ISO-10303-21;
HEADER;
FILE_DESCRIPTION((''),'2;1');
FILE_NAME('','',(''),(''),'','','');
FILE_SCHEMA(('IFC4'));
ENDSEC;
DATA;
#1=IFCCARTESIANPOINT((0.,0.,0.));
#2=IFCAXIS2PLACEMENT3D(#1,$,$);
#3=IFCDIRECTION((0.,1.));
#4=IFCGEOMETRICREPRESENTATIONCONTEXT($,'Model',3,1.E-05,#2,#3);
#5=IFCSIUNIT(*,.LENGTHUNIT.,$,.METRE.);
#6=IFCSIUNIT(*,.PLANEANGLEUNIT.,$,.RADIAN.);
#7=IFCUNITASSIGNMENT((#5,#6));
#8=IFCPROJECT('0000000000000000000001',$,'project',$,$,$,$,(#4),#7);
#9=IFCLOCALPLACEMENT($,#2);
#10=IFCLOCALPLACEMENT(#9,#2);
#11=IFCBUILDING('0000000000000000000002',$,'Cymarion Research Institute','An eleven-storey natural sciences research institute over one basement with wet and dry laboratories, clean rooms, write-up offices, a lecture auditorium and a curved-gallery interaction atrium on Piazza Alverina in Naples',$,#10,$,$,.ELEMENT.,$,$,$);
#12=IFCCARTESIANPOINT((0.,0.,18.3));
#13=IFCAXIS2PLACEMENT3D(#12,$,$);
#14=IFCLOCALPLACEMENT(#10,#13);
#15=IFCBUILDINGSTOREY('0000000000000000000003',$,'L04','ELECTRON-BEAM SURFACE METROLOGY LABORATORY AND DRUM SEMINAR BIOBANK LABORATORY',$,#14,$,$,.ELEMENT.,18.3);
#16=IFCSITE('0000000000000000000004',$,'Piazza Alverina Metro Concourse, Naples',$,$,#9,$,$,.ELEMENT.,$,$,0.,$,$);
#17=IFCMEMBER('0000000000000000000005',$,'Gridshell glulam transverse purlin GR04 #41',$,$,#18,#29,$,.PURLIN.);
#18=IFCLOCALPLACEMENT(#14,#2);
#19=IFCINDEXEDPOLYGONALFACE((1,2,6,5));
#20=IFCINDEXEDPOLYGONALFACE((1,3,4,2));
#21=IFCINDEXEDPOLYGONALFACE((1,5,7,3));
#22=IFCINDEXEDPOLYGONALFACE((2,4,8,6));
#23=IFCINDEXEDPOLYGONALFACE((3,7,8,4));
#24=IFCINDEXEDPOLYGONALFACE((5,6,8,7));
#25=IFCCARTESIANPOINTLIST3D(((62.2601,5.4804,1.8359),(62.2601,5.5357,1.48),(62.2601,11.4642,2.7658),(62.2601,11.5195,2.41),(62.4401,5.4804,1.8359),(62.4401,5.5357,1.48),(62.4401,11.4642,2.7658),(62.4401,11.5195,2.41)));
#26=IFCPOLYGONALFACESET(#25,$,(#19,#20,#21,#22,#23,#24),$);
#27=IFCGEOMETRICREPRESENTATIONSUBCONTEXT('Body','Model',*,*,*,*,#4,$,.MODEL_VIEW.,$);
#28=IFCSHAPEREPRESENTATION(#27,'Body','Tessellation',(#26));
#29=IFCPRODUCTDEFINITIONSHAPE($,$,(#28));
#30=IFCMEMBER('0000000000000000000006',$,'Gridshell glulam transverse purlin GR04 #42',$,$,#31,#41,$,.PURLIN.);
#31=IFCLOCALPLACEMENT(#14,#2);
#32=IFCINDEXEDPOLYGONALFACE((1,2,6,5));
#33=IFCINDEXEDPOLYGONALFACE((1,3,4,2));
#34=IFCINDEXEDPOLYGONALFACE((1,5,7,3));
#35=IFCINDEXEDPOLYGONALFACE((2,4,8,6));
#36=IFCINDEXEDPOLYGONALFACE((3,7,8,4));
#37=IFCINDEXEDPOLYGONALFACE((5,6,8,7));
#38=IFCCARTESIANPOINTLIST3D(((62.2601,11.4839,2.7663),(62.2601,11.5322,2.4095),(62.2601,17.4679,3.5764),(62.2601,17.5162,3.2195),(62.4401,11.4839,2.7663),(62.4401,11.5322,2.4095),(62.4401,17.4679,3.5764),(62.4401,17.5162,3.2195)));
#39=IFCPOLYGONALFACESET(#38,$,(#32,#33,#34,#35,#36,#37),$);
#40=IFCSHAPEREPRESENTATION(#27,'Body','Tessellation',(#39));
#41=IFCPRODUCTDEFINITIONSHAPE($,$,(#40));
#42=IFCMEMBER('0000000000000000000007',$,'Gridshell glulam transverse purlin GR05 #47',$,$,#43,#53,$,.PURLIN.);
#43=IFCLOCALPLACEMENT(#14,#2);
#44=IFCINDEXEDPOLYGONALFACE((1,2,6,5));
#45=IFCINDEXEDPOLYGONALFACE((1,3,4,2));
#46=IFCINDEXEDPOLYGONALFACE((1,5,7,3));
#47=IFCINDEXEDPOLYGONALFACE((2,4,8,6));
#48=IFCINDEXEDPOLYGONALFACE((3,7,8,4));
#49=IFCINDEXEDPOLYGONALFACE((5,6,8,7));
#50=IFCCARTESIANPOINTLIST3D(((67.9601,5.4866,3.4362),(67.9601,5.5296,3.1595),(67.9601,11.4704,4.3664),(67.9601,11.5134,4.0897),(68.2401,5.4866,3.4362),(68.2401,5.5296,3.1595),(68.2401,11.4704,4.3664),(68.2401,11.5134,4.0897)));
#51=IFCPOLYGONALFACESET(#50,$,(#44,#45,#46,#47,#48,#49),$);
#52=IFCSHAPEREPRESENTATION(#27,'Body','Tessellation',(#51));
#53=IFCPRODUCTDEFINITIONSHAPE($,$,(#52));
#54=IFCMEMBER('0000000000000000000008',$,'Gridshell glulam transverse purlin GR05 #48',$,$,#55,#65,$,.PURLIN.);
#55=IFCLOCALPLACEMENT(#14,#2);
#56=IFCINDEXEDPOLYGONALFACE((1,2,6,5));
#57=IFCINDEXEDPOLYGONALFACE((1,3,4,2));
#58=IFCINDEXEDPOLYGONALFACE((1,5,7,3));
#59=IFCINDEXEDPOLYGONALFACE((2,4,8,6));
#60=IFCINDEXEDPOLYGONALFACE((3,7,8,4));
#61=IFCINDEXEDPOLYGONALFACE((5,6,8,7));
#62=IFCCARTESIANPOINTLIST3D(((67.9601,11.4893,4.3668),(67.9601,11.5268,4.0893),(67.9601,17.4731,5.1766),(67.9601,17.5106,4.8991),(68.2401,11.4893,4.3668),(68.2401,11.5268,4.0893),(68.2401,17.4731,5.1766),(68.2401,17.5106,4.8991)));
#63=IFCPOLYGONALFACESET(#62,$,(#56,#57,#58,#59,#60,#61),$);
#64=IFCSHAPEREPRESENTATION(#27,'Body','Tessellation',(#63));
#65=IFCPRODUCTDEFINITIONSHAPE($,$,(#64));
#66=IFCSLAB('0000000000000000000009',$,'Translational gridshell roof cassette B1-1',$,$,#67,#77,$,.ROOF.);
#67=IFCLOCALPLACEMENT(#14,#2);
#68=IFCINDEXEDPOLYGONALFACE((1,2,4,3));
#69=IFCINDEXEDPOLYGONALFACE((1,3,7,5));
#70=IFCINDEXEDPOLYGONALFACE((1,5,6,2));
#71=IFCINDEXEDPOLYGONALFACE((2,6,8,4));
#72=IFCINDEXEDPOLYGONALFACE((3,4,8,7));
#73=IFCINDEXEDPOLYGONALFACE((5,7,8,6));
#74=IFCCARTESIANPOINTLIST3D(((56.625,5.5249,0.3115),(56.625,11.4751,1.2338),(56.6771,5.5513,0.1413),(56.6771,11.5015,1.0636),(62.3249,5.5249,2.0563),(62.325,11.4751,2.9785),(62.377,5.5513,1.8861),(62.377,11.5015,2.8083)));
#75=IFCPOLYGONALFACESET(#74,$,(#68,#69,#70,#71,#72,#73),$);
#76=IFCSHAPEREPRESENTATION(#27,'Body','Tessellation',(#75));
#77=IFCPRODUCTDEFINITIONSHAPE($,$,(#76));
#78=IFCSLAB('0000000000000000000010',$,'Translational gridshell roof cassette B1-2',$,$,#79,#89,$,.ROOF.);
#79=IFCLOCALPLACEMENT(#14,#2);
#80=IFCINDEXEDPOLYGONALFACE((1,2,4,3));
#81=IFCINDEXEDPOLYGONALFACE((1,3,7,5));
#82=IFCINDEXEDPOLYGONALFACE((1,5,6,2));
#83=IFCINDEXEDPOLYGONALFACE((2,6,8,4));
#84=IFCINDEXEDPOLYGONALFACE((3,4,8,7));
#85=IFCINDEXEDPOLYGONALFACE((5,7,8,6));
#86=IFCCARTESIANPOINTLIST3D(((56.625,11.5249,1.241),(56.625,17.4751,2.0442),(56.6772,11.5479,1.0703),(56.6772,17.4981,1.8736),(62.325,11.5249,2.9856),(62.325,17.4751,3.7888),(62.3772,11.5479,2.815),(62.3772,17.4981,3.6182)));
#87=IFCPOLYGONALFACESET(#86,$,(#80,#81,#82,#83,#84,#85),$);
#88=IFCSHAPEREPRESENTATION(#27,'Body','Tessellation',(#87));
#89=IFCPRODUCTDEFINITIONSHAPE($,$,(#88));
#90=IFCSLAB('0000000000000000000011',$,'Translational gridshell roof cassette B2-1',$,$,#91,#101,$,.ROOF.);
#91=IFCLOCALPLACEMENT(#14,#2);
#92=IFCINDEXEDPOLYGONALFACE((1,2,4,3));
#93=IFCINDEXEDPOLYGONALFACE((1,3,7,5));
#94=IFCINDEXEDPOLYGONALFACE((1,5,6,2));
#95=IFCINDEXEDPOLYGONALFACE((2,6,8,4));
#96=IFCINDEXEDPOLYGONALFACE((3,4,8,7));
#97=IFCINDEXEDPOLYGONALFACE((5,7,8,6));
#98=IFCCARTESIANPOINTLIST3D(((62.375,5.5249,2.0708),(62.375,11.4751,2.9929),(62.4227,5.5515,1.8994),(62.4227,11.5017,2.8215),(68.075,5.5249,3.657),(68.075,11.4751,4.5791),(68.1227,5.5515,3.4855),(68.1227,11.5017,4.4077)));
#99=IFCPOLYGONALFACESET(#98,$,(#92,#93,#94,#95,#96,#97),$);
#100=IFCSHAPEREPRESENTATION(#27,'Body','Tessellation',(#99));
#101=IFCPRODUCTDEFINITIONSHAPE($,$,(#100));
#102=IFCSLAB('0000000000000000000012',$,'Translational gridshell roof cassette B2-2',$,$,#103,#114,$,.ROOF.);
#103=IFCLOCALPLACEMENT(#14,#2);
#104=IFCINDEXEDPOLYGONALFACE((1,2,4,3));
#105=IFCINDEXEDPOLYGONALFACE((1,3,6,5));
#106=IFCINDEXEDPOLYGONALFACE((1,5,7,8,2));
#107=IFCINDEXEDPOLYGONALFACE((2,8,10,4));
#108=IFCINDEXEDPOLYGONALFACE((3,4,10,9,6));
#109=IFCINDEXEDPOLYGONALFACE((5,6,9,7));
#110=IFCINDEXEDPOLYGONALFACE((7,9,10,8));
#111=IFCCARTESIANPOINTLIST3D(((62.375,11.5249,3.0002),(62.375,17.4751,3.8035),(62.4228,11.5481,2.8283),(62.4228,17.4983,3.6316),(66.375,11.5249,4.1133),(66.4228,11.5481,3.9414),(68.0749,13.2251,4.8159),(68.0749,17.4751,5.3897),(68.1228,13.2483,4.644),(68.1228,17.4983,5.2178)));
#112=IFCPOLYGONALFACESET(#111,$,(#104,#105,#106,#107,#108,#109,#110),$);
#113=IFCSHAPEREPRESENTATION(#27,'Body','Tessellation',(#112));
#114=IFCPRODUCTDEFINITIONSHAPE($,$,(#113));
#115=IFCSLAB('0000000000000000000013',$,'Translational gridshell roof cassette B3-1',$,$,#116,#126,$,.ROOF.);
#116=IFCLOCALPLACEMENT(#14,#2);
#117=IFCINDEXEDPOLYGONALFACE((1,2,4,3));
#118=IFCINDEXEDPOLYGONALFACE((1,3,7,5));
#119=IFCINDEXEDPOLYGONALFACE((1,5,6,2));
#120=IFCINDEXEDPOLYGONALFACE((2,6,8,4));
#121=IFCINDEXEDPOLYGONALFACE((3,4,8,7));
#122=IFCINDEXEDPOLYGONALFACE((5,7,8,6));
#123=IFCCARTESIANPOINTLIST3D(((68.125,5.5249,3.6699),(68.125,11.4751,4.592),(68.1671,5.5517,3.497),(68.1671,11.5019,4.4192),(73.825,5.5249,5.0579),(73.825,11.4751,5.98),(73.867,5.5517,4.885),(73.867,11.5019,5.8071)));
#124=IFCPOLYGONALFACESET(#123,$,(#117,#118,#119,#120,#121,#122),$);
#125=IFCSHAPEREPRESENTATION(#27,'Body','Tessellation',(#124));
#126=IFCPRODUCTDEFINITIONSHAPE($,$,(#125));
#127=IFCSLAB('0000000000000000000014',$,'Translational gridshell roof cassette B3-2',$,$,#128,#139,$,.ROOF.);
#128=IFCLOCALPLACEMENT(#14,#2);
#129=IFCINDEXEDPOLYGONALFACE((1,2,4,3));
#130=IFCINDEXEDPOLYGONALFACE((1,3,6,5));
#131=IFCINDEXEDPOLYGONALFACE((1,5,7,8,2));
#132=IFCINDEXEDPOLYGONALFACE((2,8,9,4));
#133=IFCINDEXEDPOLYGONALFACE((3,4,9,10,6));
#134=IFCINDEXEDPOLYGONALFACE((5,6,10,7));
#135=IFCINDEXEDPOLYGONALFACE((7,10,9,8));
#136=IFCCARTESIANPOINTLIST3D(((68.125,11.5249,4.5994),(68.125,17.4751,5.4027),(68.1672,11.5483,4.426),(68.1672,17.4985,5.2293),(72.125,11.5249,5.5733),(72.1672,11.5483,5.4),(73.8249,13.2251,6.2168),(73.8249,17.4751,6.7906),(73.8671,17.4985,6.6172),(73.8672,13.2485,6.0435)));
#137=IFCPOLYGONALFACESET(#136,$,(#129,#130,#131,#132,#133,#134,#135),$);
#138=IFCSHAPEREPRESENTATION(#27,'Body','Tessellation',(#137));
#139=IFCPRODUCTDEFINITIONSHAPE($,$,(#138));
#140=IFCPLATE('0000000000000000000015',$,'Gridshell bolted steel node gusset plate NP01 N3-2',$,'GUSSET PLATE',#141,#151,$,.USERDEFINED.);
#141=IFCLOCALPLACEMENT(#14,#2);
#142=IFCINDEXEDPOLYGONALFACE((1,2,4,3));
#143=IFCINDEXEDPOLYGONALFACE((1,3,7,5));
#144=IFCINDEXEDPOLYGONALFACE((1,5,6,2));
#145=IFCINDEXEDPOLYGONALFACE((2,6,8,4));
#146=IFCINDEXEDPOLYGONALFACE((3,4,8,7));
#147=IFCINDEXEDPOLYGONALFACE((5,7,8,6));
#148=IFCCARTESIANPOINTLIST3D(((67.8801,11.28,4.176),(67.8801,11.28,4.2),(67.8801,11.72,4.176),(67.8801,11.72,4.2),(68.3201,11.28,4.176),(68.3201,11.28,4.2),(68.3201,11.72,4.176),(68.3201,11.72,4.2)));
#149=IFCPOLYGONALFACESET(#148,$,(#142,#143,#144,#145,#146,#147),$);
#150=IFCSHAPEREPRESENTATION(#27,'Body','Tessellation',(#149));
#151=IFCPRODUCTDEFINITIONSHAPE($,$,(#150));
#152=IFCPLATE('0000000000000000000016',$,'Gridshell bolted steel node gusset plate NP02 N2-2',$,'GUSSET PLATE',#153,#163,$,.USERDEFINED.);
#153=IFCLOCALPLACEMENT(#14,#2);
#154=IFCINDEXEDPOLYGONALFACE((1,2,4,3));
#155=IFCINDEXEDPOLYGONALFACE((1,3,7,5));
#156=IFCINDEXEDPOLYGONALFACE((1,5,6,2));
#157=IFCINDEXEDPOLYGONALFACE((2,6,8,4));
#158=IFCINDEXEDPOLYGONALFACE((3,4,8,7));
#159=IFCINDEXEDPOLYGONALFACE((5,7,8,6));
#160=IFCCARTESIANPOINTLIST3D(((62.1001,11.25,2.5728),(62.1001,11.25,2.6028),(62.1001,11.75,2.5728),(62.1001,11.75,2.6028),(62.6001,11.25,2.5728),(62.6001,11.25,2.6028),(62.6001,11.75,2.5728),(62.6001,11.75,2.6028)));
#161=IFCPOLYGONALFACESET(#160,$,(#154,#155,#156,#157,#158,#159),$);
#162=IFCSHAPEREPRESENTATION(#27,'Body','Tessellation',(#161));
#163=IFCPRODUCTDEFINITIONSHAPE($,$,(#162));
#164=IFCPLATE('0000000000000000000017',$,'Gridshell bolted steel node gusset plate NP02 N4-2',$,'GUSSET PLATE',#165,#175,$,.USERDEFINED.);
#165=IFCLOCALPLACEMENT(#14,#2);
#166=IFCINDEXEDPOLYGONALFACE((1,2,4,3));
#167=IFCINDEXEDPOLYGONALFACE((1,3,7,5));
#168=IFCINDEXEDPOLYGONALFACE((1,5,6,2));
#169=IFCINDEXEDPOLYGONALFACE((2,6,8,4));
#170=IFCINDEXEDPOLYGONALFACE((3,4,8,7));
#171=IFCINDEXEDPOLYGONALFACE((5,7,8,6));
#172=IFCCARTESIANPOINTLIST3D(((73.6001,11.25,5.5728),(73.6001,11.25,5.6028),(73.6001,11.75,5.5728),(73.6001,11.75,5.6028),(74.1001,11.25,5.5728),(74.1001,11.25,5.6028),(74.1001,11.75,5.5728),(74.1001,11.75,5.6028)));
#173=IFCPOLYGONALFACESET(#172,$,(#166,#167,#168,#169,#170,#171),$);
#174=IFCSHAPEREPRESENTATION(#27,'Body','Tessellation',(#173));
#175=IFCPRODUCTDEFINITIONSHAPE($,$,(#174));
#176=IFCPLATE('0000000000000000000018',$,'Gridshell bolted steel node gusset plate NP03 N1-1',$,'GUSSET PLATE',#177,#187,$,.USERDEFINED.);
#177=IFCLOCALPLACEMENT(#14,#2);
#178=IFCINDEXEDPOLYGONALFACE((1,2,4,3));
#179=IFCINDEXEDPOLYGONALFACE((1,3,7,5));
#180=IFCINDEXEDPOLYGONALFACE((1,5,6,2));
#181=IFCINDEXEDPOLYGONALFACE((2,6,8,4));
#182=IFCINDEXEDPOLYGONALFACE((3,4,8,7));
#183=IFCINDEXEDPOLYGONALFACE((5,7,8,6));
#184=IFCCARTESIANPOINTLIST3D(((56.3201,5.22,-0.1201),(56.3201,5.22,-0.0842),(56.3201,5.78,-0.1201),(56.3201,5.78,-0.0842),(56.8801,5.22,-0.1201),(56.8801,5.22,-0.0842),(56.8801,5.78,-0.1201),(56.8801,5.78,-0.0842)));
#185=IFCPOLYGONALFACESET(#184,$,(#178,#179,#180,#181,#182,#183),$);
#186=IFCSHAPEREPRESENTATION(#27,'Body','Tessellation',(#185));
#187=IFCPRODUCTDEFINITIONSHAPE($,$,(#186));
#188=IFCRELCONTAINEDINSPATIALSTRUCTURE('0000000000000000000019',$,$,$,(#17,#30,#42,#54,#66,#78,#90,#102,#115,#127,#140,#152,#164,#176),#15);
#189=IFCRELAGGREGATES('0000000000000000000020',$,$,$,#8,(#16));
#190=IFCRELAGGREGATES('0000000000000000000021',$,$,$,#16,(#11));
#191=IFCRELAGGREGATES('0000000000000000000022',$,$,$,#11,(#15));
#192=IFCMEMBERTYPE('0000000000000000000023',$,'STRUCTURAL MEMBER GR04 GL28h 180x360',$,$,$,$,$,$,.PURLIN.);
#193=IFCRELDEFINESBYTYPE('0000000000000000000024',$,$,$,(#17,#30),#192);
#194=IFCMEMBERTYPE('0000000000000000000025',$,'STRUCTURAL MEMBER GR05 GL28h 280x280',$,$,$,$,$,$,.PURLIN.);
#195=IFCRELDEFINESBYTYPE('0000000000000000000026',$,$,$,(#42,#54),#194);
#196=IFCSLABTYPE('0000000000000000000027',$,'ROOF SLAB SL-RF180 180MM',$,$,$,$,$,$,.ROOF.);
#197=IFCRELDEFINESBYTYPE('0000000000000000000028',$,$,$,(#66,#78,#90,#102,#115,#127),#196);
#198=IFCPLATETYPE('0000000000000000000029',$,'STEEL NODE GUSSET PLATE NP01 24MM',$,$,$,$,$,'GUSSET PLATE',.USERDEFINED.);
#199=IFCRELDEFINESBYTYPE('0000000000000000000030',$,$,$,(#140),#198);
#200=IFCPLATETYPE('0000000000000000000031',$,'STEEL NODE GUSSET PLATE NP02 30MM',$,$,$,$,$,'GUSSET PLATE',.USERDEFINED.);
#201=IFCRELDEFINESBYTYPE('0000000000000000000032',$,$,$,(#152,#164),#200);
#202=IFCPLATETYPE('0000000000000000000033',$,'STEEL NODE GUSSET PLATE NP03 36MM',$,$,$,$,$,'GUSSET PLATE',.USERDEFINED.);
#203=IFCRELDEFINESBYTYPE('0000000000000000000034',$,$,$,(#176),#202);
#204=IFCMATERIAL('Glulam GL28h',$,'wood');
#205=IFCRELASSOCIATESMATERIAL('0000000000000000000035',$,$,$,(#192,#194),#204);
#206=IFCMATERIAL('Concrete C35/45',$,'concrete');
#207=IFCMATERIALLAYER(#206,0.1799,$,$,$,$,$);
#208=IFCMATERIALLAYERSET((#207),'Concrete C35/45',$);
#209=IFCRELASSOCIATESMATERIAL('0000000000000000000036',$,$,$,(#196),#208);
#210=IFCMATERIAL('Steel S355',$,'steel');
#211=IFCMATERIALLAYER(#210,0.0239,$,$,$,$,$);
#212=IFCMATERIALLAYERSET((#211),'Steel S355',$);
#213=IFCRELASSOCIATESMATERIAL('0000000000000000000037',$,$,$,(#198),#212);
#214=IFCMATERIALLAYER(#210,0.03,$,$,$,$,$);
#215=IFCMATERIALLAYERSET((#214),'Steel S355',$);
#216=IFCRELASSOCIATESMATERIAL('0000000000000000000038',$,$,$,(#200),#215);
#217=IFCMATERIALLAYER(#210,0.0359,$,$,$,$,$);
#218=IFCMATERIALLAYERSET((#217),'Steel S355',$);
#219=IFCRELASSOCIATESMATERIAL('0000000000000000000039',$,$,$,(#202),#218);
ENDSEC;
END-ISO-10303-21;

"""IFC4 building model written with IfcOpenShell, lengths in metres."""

from ifc_helpers import new_model, si_unit, direction, frame, origin, origin_2d, place, context, subcontext, project, spatial, polyline, rectangle, outline, extrude, material, layer, layer_set, material_profile, profile_set, type_object, element, save


model = new_model("IFC4")

# Units and contexts
model_context = context("Model", 3, precision=1e-05, world=origin(), true_north=direction((0.0, 1.0)))
body_context = subcontext(model_context, "Body", "Model", "MODEL_VIEW")
ifc_project = project(units=[si_unit("LENGTHUNIT", "METRE"), si_unit("PLANEANGLEUNIT", "RADIAN")], contexts=[model_context])

# Site, building, storey
site_placement = place(None, origin())
site = spatial("IfcSite", under=ifc_project, at=site_placement, Name="Piazza Alverina Metro Concourse, Naples", CompositionType="ELEMENT", RefElevation=0.0)
building_placement = place(site_placement, origin())
building = spatial("IfcBuilding", under=site, at=building_placement, Name="Cymarion Research Institute", Description="An eleven-storey natural sciences research institute over one basement with wet and dry laboratories, clean rooms, write-up offices, a lecture auditorium and a curved-gallery interaction atrium on Piazza Alverina in Naples", CompositionType="ELEMENT")
storey_placement = place(building_placement, frame((0.0, 0.0, 18.3)))
storey = spatial("IfcBuildingStorey", under=building, at=storey_placement, Name="L04", Description="ELECTRON-BEAM SURFACE METROLOGY LABORATORY AND DRUM SEMINAR BIOBANK LABORATORY", CompositionType="ELEMENT", Elevation=18.3)

# Shared definitions
ifc_material_1 = material(Name="Steel S355", Category="steel")

# Members
ifc_material_2 = material(Name="Glulam GL28h", Category="wood")
ifc_material_profile_1 = material_profile(ifc_material_2, rectangle(XDim=0.1799, YDim=0.3601, at=origin_2d()), Name="GL28h 180x360")
ifc_profile_set_1 = profile_set([ifc_material_profile_1], Name="Glulam GL28h")
member_type_1 = type_object("IfcMemberType", Name="STRUCTURAL MEMBER GR04 GL28h 180x360", PredefinedType="PURLIN", material=ifc_profile_set_1)
member_1_placement = place(storey_placement, frame((62.3501, 5.5081, 1.658), z_axis=(0.0, 0.988139, 0.153563), x_axis=(-1.0, 0.0, 0.0)))
element("IfcMember", 1, at=member_1_placement, inside=storey, type_object=member_type_1, Name="Gridshell glulam transverse purlin GR04 #41", PredefinedType="PURLIN", context=body_context, shape_type="SweptSolid", body=[
    extrude(rectangle(XDim=0.1799, YDim=0.3601, at=origin_2d()), origin(), (0.0, 0.0, 1.0), 6.0557),
])
member_2_placement = place(storey_placement, frame((62.3501, 11.5081, 2.5879), z_axis=(0.0, 0.990961, 0.13415), x_axis=(-1.0, 0.0, 0.0)))
element("IfcMember", 2, at=member_2_placement, inside=storey, type_object=member_type_1, Name="Gridshell glulam transverse purlin GR04 #42", PredefinedType="PURLIN", context=body_context, shape_type="SweptSolid", body=[
    extrude(rectangle(XDim=0.1799, YDim=0.3601, at=origin_2d()), origin(), (0.0, 0.0, 1.0), 6.0386),
])
ifc_material_profile_2 = material_profile(ifc_material_2, rectangle(XDim=0.28, YDim=0.28, at=origin_2d()), Name="GL28h 280x280")
ifc_profile_set_2 = profile_set([ifc_material_profile_2], Name="Glulam GL28h")
member_type_2 = type_object("IfcMemberType", Name="STRUCTURAL MEMBER GR05 GL28h 280x280", PredefinedType="PURLIN", material=ifc_profile_set_2)
member_3_placement = place(storey_placement, frame((68.1001, 5.5081, 3.2979), z_axis=(0.0, 0.988133, 0.153602), x_axis=(-1.0, 0.0, 0.0)))
element("IfcMember", 3, at=member_3_placement, inside=storey, type_object=member_type_2, Name="Gridshell glulam transverse purlin GR05 #47", PredefinedType="PURLIN", context=body_context, shape_type="SweptSolid", body=[
    extrude(rectangle(XDim=0.28, YDim=0.28, at=origin_2d()), origin(), (0.0, 0.0, 1.0), 6.0557),
])
member_4_placement = place(storey_placement, frame((68.1001, 11.5081, 4.228), z_axis=(0.0, 0.990966, 0.13411), x_axis=(-1.0, 0.0, 0.0)))
element("IfcMember", 4, at=member_4_placement, inside=storey, type_object=member_type_2, Name="Gridshell glulam transverse purlin GR05 #48", PredefinedType="PURLIN", context=body_context, shape_type="SweptSolid", body=[
    extrude(rectangle(XDim=0.28, YDim=0.28, at=origin_2d()), origin(), (0.0, 0.0, 1.0), 6.0383),
])

# Slabs
ifc_material_3 = material(Name="Concrete C35/45", Category="concrete")
ifc_layer_1 = layer(ifc_material_3, 0.1799)
ifc_layer_set_1 = layer_set([ifc_layer_1], Name="Concrete C35/45")
slab_type = type_object("IfcSlabType", Name="ROOF SLAB SL-RF180 180MM", PredefinedType="ROOF", material=ifc_layer_set_1)
slab_1_placement = place(storey_placement, frame((56.625, 5.5249, 0.3115), z_axis=(-0.289532, -0.146604, 0.945875), x_axis=(0.956206, -0.000003, 0.292694)))
element("IfcSlab", 5, at=slab_1_placement, inside=storey, type_object=slab_type, Name="Translational gridshell roof cassette B1-1", PredefinedType="ROOF", context=body_context, shape_type="SweptSolid", body=[
    extrude(outline(polyline([(0.0, 0.0), (5.961, 0.0), (6.2309, 6.0152), (0.2699, 6.0152), (0.0, 0.0)])), origin(), (0.0, 0.0, -1.0), 0.1799),
])
slab_2_placement = place(storey_placement, frame((56.625, 11.5249, 1.241), z_axis=(-0.290267, -0.128018, 0.948344), x_axis=(0.956212, 0.0, 0.292675)))
element("IfcSlab", 6, at=slab_2_placement, inside=storey, type_object=slab_type, Name="Translational gridshell roof cassette B1-2", PredefinedType="ROOF", context=body_context, shape_type="SweptSolid", body=[
    extrude(outline(polyline([(0.0, 0.0), (5.961, 0.0), (6.1961, 5.9996), (0.2351, 5.9996), (0.0, 0.0)])), origin(), (0.0, 0.0, -1.0), 0.1799),
])
slab_3_placement = place(storey_placement, frame((62.375, 5.5249, 2.0708), z_axis=(-0.265154, -0.147663, 0.952832), x_axis=(0.963393, 0.0, 0.268093)))
element("IfcSlab", 7, at=slab_3_placement, inside=storey, type_object=slab_type, Name="Translational gridshell roof cassette B2-1", PredefinedType="ROOF", context=body_context, shape_type="SweptSolid", body=[
    extrude(outline(polyline([(0.0, 0.0), (5.9165, 0.0), (6.1638, 6.0161), (0.2472, 6.0161), (0.0, 0.0)])), origin(), (0.0, 0.0, -1.0), 0.1799),
])
slab_4_placement = place(storey_placement, frame((62.375, 11.5249, 3.0002), z_axis=(-0.26585, -0.128971, 0.955348), x_axis=(0.963394, -0.000002, 0.268089)))
element("IfcSlab", 8, at=slab_4_placement, inside=storey, type_object=slab_type, Name="Translational gridshell roof cassette B2-2", PredefinedType="ROOF", context=body_context, shape_type="SweptSolid", body=[
    extrude(outline(polyline([(0.0, 0.0), (4.152, 0.0), (5.9781, 1.7145), (6.1319, 6.0003), (0.2153, 6.0003), (0.0, 0.0)])), origin(), (0.0, 0.0, -1.0), 0.1799),
])
slab_5_placement = place(storey_placement, frame((68.125, 5.5249, 3.6699), z_axis=(-0.23395, -0.148895, 0.96078), x_axis=(0.97161, 0.0, 0.236587)))
element("IfcSlab", 9, at=slab_5_placement, inside=storey, type_object=slab_type, Name="Translational gridshell roof cassette B3-1", PredefinedType="ROOF", context=body_context, shape_type="SweptSolid", body=[
    extrude(outline(polyline([(0.0, 0.0), (5.8665, 0.0), (6.0847, 6.0173), (0.2182, 6.0173), (0.0, 0.0)])), origin(), (0.0, 0.0, -1.0), 0.1799),
])
slab_6_placement = place(storey_placement, frame((68.125, 11.5249, 4.5994), z_axis=(-0.234573, -0.130056, 0.963359), x_axis=(0.971611, -0.000003, 0.236582)))
element("IfcSlab", 10, at=slab_6_placement, inside=storey, type_object=slab_type, Name="Translational gridshell roof cassette B3-2", PredefinedType="ROOF", context=body_context, shape_type="SweptSolid", body=[
    extrude(outline(polyline([(0.0, 0.0), (4.1168, 0.0), (5.9208, 1.7148), (6.0565, 6.0012), (0.19, 6.0012), (0.0, 0.0)])), origin(), (0.0, 0.0, -1.0), 0.1799),
])

# Plates
ifc_layer_2 = layer(ifc_material_1, 0.0239)
ifc_layer_set_2 = layer_set([ifc_layer_2], Name="Steel S355")
plate_type_1 = type_object("IfcPlateType", Name="STEEL NODE GUSSET PLATE NP01 24MM", ElementType="GUSSET PLATE", PredefinedType="USERDEFINED", material=ifc_layer_set_2)
plate_placement = place(storey_placement, frame((68.1001, 11.5, 4.176), z_axis=(0.0, 0.0, 1.0), x_axis=(1.0, 0.0, 0.0)))
element("IfcPlate", 11, at=plate_placement, inside=storey, type_object=plate_type_1, Name="Gridshell bolted steel node gusset plate NP01 N3-2", ObjectType="GUSSET PLATE", PredefinedType="USERDEFINED", context=body_context, shape_type="SweptSolid", body=[
    extrude(rectangle(XDim=0.4399, YDim=0.4399, at=origin_2d()), origin(), (0.0, 0.0, 1.0), 0.0239),
])
ifc_layer_3 = layer(ifc_material_1, 0.03)
ifc_layer_set_3 = layer_set([ifc_layer_3], Name="Steel S355")
plate_type_2 = type_object("IfcPlateType", Name="STEEL NODE GUSSET PLATE NP02 30MM", ElementType="GUSSET PLATE", PredefinedType="USERDEFINED", material=ifc_layer_set_3)
for number, where, z_axis, x_axis, name in (
    (12, (62.3501, 11.5, 2.5728), (0.0, 0.0, 1.0), (1.0, 0.0, 0.0), "Gridshell bolted steel node gusset plate NP02 N2-2"),
    (13, (73.8501, 11.5, 5.5728), (0.0, 0.0, 1.0), (1.0, 0.0, 0.0), "Gridshell bolted steel node gusset plate NP02 N4-2"),
):
    element("IfcPlate", number, at=place(storey_placement, frame(where, z_axis=z_axis, x_axis=x_axis)), inside=storey, type_object=plate_type_2, Name=name, ObjectType="GUSSET PLATE", PredefinedType="USERDEFINED", context=body_context, shape_type="SweptSolid", body=[
        extrude(rectangle(XDim=0.5, YDim=0.5, at=origin_2d()), origin(), (0.0, 0.0, 1.0), 0.03),
    ])
ifc_layer_4 = layer(ifc_material_1, 0.0359)
ifc_layer_set_4 = layer_set([ifc_layer_4], Name="Steel S355")
plate_type_3 = type_object("IfcPlateType", Name="STEEL NODE GUSSET PLATE NP03 36MM", ElementType="GUSSET PLATE", PredefinedType="USERDEFINED", material=ifc_layer_set_4)
for number, where, z_axis, x_axis, name in (
    (14, (56.6001, 5.5, -0.1201), (0.0, 0.0, 1.0), (1.0, 0.0, 0.0), "Gridshell bolted steel node gusset plate NP03 N1-1"),
):
    element("IfcPlate", number, at=place(storey_placement, frame(where, z_axis=z_axis, x_axis=x_axis)), inside=storey, type_object=plate_type_3, Name=name, ObjectType="GUSSET PLATE", PredefinedType="USERDEFINED", context=body_context, shape_type="SweptSolid", body=[
        extrude(rectangle(XDim=0.5601, YDim=0.5601, at=origin_2d()), origin(), (0.0, 0.0, 1.0), 0.0359),
    ])

save(model, "model.ifc")
